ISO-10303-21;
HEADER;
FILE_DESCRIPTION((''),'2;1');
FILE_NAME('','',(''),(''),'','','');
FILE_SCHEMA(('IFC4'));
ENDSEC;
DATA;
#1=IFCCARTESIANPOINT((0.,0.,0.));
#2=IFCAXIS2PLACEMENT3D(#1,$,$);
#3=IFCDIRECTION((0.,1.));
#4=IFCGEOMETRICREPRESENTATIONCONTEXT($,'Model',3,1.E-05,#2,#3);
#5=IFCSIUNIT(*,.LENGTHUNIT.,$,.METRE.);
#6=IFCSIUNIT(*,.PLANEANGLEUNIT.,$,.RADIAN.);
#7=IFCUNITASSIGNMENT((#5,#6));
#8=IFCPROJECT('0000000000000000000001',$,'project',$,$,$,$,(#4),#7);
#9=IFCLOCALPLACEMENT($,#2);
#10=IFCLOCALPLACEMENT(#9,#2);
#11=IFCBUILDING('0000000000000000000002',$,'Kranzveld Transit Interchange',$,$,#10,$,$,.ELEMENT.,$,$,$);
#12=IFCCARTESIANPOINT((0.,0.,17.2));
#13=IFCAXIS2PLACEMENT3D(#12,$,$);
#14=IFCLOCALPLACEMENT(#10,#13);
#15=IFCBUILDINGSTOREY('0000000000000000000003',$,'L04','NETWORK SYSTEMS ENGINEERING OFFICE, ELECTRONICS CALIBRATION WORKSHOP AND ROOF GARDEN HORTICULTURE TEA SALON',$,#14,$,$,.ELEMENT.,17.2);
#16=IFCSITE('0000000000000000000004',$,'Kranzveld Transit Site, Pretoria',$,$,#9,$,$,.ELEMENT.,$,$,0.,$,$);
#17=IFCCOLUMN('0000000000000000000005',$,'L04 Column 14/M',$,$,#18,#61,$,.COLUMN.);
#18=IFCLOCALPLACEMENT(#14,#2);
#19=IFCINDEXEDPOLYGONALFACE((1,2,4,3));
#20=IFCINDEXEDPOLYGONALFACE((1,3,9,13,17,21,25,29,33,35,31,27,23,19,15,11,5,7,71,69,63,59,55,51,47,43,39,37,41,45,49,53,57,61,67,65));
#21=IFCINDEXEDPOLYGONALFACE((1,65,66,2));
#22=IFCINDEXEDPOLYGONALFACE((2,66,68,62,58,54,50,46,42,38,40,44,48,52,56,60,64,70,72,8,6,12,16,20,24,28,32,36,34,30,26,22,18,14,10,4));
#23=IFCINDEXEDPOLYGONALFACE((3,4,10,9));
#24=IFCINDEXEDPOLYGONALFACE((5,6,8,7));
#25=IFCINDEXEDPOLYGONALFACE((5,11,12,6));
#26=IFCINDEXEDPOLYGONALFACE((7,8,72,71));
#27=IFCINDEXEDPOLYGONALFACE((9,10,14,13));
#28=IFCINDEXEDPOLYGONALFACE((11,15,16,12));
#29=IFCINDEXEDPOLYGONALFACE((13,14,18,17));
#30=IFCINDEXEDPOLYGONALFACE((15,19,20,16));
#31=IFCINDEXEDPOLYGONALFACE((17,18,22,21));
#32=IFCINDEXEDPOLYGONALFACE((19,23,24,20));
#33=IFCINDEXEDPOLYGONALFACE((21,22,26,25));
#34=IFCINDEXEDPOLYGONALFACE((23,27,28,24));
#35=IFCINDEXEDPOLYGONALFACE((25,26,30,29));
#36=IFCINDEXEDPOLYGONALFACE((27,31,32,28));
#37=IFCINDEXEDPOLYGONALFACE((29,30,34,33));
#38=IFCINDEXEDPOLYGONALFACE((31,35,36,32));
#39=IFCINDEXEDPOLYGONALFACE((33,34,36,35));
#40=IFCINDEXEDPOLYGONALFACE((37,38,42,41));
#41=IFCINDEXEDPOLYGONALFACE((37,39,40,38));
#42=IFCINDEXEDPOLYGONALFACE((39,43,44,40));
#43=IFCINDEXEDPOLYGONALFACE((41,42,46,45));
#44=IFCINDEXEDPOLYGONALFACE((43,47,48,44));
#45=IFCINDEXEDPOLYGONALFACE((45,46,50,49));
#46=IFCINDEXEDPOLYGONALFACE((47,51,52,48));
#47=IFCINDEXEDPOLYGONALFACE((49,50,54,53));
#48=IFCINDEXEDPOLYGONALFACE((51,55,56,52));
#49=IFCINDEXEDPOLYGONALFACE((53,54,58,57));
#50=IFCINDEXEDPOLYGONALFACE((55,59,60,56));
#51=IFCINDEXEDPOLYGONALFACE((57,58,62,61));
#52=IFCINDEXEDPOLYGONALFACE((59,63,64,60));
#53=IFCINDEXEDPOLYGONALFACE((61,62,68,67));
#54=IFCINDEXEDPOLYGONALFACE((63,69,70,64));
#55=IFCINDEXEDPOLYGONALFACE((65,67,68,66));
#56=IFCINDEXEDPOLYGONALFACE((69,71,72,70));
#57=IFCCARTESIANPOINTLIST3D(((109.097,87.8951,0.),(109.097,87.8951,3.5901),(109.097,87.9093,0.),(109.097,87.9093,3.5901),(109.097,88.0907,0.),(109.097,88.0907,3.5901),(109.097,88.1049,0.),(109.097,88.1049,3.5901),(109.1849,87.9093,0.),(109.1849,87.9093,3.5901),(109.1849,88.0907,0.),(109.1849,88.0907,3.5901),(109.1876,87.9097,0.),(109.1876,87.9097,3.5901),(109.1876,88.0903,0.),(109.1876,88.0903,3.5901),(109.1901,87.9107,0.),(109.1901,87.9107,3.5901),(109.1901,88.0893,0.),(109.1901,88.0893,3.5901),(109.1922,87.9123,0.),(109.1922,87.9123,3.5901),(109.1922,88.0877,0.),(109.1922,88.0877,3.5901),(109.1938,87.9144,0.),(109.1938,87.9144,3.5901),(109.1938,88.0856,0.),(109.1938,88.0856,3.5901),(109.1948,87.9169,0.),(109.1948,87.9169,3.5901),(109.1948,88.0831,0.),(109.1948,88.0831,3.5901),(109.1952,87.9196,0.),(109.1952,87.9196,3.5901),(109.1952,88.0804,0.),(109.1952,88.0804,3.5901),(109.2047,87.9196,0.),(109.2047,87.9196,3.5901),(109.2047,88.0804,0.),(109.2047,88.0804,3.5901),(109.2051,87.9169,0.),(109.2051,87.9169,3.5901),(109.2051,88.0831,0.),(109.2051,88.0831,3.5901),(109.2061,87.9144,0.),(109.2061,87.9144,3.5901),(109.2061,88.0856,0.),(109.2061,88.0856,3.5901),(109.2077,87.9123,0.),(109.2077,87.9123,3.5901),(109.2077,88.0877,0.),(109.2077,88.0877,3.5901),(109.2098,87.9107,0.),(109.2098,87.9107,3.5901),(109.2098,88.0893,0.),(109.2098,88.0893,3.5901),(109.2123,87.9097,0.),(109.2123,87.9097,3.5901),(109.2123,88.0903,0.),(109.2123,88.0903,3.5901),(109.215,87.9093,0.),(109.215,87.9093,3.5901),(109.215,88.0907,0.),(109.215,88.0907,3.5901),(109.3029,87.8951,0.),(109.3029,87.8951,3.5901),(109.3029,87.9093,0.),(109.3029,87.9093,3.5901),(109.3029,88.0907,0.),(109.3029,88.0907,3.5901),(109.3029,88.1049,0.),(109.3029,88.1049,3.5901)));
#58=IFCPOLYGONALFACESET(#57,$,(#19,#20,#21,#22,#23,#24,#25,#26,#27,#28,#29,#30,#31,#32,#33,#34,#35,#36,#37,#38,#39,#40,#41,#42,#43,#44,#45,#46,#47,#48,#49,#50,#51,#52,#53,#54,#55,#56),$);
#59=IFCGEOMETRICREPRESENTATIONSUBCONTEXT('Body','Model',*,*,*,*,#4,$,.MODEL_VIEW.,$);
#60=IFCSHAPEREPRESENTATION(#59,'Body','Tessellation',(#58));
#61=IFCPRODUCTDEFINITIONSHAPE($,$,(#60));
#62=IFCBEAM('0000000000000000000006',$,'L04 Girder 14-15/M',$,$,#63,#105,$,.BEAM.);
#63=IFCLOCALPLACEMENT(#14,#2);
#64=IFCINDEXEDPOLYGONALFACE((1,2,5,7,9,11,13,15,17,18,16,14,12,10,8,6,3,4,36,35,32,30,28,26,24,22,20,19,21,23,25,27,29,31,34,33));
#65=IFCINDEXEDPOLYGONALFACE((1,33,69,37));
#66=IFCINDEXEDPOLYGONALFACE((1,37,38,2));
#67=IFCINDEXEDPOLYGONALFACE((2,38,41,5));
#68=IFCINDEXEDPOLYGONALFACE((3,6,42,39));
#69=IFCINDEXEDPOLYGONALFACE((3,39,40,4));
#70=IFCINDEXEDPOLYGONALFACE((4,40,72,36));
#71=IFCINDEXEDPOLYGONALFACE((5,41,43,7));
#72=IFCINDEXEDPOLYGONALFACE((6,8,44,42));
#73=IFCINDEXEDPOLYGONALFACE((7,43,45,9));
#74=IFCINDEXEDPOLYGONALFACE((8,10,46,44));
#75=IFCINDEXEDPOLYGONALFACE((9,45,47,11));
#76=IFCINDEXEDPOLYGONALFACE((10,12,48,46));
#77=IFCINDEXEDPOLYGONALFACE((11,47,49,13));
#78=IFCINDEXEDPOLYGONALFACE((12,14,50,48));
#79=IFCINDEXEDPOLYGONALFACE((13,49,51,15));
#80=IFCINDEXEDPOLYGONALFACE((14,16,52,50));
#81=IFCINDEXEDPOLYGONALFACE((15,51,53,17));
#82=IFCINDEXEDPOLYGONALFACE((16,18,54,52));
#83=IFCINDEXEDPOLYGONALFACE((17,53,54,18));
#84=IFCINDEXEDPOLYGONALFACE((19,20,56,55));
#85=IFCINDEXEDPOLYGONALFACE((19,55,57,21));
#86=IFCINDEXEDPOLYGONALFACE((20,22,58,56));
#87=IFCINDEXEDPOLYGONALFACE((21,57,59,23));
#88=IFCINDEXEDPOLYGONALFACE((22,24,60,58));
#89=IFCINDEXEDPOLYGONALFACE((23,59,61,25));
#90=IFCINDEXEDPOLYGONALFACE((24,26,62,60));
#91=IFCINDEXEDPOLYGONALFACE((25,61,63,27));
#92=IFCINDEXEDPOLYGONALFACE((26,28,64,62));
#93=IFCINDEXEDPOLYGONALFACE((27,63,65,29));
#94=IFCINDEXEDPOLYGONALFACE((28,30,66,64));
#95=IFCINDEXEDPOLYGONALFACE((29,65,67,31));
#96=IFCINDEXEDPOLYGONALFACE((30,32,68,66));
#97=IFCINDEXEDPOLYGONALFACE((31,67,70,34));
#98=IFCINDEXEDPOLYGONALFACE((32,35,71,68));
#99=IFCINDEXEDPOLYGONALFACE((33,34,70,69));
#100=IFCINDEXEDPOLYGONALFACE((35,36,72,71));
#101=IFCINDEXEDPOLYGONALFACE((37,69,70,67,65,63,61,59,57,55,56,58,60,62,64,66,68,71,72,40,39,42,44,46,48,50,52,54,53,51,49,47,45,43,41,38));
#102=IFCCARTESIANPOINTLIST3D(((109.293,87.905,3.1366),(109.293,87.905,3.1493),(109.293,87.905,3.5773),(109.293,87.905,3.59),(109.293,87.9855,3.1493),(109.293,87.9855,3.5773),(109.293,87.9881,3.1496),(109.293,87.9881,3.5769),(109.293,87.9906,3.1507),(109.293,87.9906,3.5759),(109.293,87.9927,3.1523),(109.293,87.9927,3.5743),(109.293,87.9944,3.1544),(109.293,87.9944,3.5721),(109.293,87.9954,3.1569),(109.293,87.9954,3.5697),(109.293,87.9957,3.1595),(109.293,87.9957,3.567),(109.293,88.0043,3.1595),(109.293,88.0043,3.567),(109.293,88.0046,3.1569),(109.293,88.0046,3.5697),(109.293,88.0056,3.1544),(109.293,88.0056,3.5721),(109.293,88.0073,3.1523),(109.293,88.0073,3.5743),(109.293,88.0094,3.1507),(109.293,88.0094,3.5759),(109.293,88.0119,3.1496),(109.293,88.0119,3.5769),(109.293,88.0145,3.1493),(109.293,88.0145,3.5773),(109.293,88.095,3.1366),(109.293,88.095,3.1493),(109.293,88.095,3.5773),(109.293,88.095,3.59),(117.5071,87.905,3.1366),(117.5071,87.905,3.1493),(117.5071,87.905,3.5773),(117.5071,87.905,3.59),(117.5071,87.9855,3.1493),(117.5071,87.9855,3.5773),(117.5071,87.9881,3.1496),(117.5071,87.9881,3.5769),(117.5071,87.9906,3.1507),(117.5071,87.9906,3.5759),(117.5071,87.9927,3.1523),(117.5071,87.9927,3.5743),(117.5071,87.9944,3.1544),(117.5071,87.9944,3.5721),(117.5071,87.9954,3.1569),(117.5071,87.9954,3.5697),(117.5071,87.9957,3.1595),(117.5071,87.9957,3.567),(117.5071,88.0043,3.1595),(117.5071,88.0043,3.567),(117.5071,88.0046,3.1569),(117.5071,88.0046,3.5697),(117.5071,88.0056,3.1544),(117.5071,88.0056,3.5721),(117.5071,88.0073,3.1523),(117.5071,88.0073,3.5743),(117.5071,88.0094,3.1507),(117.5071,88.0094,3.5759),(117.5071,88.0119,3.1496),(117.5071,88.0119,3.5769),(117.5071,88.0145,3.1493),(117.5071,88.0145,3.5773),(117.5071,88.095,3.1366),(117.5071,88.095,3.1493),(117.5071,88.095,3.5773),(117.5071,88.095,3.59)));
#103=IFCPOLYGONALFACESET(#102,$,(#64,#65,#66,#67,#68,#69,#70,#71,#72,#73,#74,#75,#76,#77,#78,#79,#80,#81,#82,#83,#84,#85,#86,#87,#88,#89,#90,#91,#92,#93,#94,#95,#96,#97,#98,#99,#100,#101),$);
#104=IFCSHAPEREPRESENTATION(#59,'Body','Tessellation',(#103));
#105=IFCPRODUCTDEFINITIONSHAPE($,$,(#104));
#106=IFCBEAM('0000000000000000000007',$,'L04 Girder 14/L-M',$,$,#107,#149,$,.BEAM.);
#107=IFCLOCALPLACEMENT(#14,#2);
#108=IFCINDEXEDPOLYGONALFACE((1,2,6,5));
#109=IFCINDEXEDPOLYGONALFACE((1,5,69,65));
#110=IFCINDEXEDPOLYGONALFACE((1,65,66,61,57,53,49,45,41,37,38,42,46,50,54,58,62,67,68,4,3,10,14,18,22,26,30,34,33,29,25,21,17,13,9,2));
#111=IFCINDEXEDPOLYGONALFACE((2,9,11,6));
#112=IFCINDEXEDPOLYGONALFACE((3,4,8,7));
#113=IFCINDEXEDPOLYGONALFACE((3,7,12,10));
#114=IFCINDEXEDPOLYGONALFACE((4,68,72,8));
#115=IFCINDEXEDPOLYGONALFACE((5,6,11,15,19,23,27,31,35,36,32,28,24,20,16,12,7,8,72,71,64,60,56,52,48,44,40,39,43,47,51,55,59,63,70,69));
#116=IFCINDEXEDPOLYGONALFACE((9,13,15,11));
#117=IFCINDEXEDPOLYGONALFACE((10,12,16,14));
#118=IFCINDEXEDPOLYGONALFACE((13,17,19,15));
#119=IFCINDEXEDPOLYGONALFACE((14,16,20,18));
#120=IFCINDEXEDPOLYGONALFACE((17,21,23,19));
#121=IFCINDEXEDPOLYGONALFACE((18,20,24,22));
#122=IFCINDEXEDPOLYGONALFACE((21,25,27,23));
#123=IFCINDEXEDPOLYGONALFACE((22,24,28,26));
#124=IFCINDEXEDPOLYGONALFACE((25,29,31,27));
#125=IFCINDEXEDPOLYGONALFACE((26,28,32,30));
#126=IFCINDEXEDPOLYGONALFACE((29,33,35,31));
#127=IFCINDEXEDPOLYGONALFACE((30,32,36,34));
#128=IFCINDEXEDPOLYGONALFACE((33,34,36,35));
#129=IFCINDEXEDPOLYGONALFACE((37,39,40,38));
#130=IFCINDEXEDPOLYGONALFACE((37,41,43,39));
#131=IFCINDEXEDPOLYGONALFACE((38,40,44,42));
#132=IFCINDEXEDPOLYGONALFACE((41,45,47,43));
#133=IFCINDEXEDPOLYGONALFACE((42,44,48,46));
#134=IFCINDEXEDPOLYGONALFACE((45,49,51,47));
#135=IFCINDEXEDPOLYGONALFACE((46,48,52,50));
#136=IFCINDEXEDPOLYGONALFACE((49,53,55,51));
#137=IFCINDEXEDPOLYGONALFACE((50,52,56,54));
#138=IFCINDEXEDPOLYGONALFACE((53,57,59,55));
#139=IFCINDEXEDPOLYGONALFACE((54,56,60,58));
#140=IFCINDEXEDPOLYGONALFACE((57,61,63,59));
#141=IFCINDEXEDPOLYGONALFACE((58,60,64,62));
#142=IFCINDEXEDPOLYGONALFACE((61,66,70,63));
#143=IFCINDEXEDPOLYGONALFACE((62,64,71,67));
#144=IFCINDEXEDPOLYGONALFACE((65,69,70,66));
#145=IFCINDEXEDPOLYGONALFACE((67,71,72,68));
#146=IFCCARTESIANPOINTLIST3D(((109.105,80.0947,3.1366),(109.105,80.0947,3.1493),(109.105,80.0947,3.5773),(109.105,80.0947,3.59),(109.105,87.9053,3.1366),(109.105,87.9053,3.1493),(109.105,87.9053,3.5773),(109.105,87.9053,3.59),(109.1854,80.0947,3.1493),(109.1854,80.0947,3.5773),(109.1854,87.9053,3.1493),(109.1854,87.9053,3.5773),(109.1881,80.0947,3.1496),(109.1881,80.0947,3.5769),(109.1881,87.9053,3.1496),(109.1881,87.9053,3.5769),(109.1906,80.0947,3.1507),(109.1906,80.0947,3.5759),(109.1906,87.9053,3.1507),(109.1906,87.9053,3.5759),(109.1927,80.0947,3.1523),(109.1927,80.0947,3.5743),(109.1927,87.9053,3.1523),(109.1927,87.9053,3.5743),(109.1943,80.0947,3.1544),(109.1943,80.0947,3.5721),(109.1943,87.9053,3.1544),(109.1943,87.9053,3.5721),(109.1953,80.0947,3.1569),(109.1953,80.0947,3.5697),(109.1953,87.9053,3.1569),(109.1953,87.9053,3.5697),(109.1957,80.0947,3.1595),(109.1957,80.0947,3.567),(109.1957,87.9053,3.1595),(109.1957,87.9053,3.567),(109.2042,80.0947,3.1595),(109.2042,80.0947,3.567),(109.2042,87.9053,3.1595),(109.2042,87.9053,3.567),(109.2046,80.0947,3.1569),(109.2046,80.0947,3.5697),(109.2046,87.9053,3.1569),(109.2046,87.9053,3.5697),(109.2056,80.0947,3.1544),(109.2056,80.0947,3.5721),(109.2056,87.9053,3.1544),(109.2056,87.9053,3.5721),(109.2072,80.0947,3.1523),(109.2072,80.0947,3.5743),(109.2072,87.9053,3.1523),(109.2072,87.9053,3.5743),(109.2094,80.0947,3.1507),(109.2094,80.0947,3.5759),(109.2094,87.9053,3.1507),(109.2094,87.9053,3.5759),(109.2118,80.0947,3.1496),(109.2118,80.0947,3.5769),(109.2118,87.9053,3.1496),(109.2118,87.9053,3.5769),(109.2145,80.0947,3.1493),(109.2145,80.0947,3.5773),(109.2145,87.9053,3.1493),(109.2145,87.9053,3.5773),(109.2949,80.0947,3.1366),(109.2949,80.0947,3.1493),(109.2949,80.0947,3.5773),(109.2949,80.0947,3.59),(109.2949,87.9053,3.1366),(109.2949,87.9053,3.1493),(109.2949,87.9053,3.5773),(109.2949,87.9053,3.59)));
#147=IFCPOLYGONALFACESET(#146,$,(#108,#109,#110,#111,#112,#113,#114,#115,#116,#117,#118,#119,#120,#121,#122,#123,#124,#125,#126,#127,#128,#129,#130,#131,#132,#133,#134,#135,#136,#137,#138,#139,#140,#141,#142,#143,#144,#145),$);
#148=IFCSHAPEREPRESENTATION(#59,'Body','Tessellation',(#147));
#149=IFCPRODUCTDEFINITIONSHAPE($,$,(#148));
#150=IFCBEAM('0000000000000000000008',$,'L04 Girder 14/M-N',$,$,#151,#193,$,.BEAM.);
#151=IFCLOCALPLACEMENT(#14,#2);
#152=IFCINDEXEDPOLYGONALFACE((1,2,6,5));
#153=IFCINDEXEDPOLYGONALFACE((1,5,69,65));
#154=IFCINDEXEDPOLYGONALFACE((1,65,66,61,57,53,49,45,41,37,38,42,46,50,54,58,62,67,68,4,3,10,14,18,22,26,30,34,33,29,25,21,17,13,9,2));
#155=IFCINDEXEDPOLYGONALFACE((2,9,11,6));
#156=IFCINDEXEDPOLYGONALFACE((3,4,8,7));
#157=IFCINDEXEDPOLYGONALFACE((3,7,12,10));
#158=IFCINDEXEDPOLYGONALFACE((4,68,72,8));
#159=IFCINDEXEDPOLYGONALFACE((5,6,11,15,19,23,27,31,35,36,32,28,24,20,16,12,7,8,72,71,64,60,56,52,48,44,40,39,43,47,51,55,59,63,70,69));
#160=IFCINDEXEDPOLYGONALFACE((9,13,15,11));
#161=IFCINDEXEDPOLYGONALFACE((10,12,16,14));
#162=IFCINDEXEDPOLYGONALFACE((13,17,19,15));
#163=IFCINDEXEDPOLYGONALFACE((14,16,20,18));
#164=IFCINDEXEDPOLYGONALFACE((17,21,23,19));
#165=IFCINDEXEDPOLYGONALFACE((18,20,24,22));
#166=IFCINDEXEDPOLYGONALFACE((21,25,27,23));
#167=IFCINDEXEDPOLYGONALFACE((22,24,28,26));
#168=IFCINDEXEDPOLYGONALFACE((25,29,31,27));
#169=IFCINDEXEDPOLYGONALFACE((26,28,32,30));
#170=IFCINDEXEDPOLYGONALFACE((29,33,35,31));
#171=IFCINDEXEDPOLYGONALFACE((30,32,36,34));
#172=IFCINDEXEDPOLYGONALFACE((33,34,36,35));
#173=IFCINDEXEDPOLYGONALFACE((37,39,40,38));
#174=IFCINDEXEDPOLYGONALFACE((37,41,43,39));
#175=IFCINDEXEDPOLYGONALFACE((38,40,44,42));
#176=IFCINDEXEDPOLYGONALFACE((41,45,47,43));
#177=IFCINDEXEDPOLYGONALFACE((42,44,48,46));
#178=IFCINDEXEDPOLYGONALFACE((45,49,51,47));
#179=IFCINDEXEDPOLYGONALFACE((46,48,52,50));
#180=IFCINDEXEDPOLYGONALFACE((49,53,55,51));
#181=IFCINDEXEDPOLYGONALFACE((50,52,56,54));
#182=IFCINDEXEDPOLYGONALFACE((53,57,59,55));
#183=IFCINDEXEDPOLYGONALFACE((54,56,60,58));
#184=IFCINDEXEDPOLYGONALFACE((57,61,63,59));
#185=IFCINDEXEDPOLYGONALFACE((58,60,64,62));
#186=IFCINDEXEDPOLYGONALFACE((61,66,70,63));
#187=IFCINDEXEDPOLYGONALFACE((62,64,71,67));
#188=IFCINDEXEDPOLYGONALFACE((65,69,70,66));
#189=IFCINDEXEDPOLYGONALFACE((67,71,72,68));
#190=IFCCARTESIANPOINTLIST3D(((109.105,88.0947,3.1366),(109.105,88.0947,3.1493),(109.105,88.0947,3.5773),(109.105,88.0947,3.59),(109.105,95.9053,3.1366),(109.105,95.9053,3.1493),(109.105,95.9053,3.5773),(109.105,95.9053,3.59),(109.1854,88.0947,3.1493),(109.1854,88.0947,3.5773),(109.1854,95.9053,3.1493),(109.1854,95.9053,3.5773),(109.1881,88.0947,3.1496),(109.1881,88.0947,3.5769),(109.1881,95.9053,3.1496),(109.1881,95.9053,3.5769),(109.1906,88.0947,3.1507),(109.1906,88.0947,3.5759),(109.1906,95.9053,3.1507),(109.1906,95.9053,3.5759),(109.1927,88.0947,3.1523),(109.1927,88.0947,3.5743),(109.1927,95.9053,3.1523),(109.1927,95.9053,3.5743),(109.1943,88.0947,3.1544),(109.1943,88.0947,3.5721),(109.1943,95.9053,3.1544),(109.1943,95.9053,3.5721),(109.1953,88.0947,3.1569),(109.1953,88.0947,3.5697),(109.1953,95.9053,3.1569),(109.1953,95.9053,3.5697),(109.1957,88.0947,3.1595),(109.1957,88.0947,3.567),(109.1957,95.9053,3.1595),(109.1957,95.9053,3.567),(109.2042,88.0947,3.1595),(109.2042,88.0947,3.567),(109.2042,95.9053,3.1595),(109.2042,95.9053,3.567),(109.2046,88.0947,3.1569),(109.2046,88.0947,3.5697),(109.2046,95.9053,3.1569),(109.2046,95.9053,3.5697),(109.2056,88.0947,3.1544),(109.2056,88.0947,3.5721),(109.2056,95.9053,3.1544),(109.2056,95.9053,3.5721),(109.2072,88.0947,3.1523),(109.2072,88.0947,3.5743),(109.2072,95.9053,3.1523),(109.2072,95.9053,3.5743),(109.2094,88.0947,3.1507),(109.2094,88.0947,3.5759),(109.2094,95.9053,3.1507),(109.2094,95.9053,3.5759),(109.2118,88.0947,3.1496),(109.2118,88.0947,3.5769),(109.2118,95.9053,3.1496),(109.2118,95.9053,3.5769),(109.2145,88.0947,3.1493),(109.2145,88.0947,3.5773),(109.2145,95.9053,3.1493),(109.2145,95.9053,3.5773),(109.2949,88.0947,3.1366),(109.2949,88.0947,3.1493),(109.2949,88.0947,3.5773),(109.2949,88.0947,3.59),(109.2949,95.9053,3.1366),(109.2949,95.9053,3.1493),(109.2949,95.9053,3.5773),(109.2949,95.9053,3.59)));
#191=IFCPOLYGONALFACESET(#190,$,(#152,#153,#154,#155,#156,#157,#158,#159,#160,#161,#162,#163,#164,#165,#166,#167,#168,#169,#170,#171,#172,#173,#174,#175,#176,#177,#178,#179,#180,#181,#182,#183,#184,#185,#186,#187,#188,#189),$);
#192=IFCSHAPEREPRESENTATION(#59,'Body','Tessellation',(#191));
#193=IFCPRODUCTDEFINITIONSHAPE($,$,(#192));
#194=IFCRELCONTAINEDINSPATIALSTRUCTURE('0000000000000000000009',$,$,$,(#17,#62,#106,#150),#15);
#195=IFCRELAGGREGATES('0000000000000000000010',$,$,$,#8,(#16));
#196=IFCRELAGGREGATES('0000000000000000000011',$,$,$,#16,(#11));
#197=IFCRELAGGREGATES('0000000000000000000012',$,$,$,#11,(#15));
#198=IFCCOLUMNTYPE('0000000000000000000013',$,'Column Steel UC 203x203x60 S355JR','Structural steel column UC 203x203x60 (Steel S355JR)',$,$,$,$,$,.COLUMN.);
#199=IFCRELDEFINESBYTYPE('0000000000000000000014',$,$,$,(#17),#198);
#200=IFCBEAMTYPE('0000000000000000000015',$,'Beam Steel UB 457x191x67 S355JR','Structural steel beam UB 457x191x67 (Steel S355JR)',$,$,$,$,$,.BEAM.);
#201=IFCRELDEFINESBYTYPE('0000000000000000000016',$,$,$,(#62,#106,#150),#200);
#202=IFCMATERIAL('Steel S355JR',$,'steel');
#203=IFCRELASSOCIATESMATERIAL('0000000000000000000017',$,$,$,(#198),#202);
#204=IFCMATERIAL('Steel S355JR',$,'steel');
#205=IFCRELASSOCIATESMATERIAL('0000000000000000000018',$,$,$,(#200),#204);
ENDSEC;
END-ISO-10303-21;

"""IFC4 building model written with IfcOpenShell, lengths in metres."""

from ifc_helpers import new_model, si_unit, direction, frame, origin, origin_2d, place, context, subcontext, project, spatial, i_section, extrude, material, material_profile, profile_set, type_object, element, save


model = new_model("IFC4")

# Units and contexts
model_context = context("Model", 3, precision=1e-05, world=origin(), true_north=direction((0.0, 1.0)))
body_context = subcontext(model_context, "Body", "Model", "MODEL_VIEW")
ifc_project = project(units=[si_unit("LENGTHUNIT", "METRE"), si_unit("PLANEANGLEUNIT", "RADIAN")], contexts=[model_context])

# Site, building, storey
site_placement = place(None, origin())
site = spatial("IfcSite", under=ifc_project, at=site_placement, Name="Kranzveld Transit Site, Pretoria", CompositionType="ELEMENT", RefElevation=0.0)
building_placement = place(site_placement, origin())
building = spatial("IfcBuilding", under=site, at=building_placement, Name="Kranzveld Transit Interchange", CompositionType="ELEMENT")
storey_placement = place(building_placement, frame((0.0, 0.0, 17.2)))
storey = spatial("IfcBuildingStorey", under=building, at=storey_placement, Name="L04", Description="NETWORK SYSTEMS ENGINEERING OFFICE, ELECTRONICS CALIBRATION WORKSHOP AND ROOF GARDEN HORTICULTURE TEA SALON", CompositionType="ELEMENT", Elevation=17.2)

# Column
ifc_material_1 = material(Name="Steel S355JR", Category="steel")
ifc_material_profile_1 = material_profile(ifc_material_1, i_section(OverallWidth=0.2058, OverallDepth=0.2097, WebThickness=0.0095, FlangeThickness=0.0142, FilletRadius=0.0103, at=origin_2d()), Name="UC 203x203x60")
ifc_profile_set_1 = profile_set([ifc_material_profile_1], Name="Steel S355JR")
column_type = type_object("IfcColumnType", Name="Column Steel UC 203x203x60 S355JR", Description="Structural steel column UC 203x203x60 (Steel S355JR)", PredefinedType="COLUMN", material=ifc_profile_set_1)
column_placement = place(storey_placement, frame((109.2, 88.0, 0.0), z_axis=(0.0, 0.0, 1.0), x_axis=(1.0, 0.0, 0.0)))
element("IfcColumn", 1, at=column_placement, inside=storey, type_object=column_type, Name="L04 Column 14/M", PredefinedType="COLUMN", context=body_context, shape_type="SweptSolid", body=[
    extrude(i_section(OverallWidth=0.2058, OverallDepth=0.2097, WebThickness=0.0095, FlangeThickness=0.0142, FilletRadius=0.0103, at=origin_2d()), origin(), (0.0, 0.0, 1.0), 3.5901),
])

# Beams
ifc_material_2 = material(Name="Steel S355JR", Category="steel")
ifc_material_profile_2 = material_profile(ifc_material_2, i_section(OverallWidth=0.1899, OverallDepth=0.4534, WebThickness=0.0085, FlangeThickness=0.0127, FilletRadius=0.0103, at=origin_2d()), Name="UB 457x191x67")
ifc_profile_set_2 = profile_set([ifc_material_profile_2], Name="Steel S355JR")
beam_type_1 = type_object("IfcBeamType", Name="Beam Steel UB 457x191x67 S355JR", Description="Structural steel beam UB 457x191x67 (Steel S355JR)", PredefinedType="BEAM", material=ifc_profile_set_2)
beam_placement = place(storey_placement, frame((109.293, 88.0, 3.3633), z_axis=(1.0, 0.0, 0.0), x_axis=(0.0, 1.0, 0.0)))
element("IfcBeam", 2, at=beam_placement, inside=storey, type_object=beam_type_1, Name="L04 Girder 14-15/M", PredefinedType="BEAM", context=body_context, shape_type="SweptSolid", body=[
    extrude(i_section(OverallWidth=0.1899, OverallDepth=0.4534, WebThickness=0.0085, FlangeThickness=0.0127, FilletRadius=0.0103, at=origin_2d()), origin(), (0.0, 0.0, 1.0), 8.2141),
])
for number, where, z_axis, x_axis, name in (
    (3, (109.2, 80.0947, 3.3633), (0.0, 1.0, 0.0), (-1.0, 0.0, 0.0), "L04 Girder 14/L-M"),
    (4, (109.2, 88.0947, 3.3633), (0.0, 1.0, 0.0), (-1.0, 0.0, 0.0), "L04 Girder 14/M-N"),
):
    element("IfcBeam", number, at=place(storey_placement, frame(where, z_axis=z_axis, x_axis=x_axis)), inside=storey, type_object=beam_type_1, Name=name, PredefinedType="BEAM", context=body_context, shape_type="SweptSolid", body=[
        extrude(i_section(OverallWidth=0.1899, OverallDepth=0.4534, WebThickness=0.0085, FlangeThickness=0.0127, FilletRadius=0.0103, at=origin_2d()), origin(), (0.0, 0.0, 1.0), 7.8105),
    ])

save(model, "model.ifc")
